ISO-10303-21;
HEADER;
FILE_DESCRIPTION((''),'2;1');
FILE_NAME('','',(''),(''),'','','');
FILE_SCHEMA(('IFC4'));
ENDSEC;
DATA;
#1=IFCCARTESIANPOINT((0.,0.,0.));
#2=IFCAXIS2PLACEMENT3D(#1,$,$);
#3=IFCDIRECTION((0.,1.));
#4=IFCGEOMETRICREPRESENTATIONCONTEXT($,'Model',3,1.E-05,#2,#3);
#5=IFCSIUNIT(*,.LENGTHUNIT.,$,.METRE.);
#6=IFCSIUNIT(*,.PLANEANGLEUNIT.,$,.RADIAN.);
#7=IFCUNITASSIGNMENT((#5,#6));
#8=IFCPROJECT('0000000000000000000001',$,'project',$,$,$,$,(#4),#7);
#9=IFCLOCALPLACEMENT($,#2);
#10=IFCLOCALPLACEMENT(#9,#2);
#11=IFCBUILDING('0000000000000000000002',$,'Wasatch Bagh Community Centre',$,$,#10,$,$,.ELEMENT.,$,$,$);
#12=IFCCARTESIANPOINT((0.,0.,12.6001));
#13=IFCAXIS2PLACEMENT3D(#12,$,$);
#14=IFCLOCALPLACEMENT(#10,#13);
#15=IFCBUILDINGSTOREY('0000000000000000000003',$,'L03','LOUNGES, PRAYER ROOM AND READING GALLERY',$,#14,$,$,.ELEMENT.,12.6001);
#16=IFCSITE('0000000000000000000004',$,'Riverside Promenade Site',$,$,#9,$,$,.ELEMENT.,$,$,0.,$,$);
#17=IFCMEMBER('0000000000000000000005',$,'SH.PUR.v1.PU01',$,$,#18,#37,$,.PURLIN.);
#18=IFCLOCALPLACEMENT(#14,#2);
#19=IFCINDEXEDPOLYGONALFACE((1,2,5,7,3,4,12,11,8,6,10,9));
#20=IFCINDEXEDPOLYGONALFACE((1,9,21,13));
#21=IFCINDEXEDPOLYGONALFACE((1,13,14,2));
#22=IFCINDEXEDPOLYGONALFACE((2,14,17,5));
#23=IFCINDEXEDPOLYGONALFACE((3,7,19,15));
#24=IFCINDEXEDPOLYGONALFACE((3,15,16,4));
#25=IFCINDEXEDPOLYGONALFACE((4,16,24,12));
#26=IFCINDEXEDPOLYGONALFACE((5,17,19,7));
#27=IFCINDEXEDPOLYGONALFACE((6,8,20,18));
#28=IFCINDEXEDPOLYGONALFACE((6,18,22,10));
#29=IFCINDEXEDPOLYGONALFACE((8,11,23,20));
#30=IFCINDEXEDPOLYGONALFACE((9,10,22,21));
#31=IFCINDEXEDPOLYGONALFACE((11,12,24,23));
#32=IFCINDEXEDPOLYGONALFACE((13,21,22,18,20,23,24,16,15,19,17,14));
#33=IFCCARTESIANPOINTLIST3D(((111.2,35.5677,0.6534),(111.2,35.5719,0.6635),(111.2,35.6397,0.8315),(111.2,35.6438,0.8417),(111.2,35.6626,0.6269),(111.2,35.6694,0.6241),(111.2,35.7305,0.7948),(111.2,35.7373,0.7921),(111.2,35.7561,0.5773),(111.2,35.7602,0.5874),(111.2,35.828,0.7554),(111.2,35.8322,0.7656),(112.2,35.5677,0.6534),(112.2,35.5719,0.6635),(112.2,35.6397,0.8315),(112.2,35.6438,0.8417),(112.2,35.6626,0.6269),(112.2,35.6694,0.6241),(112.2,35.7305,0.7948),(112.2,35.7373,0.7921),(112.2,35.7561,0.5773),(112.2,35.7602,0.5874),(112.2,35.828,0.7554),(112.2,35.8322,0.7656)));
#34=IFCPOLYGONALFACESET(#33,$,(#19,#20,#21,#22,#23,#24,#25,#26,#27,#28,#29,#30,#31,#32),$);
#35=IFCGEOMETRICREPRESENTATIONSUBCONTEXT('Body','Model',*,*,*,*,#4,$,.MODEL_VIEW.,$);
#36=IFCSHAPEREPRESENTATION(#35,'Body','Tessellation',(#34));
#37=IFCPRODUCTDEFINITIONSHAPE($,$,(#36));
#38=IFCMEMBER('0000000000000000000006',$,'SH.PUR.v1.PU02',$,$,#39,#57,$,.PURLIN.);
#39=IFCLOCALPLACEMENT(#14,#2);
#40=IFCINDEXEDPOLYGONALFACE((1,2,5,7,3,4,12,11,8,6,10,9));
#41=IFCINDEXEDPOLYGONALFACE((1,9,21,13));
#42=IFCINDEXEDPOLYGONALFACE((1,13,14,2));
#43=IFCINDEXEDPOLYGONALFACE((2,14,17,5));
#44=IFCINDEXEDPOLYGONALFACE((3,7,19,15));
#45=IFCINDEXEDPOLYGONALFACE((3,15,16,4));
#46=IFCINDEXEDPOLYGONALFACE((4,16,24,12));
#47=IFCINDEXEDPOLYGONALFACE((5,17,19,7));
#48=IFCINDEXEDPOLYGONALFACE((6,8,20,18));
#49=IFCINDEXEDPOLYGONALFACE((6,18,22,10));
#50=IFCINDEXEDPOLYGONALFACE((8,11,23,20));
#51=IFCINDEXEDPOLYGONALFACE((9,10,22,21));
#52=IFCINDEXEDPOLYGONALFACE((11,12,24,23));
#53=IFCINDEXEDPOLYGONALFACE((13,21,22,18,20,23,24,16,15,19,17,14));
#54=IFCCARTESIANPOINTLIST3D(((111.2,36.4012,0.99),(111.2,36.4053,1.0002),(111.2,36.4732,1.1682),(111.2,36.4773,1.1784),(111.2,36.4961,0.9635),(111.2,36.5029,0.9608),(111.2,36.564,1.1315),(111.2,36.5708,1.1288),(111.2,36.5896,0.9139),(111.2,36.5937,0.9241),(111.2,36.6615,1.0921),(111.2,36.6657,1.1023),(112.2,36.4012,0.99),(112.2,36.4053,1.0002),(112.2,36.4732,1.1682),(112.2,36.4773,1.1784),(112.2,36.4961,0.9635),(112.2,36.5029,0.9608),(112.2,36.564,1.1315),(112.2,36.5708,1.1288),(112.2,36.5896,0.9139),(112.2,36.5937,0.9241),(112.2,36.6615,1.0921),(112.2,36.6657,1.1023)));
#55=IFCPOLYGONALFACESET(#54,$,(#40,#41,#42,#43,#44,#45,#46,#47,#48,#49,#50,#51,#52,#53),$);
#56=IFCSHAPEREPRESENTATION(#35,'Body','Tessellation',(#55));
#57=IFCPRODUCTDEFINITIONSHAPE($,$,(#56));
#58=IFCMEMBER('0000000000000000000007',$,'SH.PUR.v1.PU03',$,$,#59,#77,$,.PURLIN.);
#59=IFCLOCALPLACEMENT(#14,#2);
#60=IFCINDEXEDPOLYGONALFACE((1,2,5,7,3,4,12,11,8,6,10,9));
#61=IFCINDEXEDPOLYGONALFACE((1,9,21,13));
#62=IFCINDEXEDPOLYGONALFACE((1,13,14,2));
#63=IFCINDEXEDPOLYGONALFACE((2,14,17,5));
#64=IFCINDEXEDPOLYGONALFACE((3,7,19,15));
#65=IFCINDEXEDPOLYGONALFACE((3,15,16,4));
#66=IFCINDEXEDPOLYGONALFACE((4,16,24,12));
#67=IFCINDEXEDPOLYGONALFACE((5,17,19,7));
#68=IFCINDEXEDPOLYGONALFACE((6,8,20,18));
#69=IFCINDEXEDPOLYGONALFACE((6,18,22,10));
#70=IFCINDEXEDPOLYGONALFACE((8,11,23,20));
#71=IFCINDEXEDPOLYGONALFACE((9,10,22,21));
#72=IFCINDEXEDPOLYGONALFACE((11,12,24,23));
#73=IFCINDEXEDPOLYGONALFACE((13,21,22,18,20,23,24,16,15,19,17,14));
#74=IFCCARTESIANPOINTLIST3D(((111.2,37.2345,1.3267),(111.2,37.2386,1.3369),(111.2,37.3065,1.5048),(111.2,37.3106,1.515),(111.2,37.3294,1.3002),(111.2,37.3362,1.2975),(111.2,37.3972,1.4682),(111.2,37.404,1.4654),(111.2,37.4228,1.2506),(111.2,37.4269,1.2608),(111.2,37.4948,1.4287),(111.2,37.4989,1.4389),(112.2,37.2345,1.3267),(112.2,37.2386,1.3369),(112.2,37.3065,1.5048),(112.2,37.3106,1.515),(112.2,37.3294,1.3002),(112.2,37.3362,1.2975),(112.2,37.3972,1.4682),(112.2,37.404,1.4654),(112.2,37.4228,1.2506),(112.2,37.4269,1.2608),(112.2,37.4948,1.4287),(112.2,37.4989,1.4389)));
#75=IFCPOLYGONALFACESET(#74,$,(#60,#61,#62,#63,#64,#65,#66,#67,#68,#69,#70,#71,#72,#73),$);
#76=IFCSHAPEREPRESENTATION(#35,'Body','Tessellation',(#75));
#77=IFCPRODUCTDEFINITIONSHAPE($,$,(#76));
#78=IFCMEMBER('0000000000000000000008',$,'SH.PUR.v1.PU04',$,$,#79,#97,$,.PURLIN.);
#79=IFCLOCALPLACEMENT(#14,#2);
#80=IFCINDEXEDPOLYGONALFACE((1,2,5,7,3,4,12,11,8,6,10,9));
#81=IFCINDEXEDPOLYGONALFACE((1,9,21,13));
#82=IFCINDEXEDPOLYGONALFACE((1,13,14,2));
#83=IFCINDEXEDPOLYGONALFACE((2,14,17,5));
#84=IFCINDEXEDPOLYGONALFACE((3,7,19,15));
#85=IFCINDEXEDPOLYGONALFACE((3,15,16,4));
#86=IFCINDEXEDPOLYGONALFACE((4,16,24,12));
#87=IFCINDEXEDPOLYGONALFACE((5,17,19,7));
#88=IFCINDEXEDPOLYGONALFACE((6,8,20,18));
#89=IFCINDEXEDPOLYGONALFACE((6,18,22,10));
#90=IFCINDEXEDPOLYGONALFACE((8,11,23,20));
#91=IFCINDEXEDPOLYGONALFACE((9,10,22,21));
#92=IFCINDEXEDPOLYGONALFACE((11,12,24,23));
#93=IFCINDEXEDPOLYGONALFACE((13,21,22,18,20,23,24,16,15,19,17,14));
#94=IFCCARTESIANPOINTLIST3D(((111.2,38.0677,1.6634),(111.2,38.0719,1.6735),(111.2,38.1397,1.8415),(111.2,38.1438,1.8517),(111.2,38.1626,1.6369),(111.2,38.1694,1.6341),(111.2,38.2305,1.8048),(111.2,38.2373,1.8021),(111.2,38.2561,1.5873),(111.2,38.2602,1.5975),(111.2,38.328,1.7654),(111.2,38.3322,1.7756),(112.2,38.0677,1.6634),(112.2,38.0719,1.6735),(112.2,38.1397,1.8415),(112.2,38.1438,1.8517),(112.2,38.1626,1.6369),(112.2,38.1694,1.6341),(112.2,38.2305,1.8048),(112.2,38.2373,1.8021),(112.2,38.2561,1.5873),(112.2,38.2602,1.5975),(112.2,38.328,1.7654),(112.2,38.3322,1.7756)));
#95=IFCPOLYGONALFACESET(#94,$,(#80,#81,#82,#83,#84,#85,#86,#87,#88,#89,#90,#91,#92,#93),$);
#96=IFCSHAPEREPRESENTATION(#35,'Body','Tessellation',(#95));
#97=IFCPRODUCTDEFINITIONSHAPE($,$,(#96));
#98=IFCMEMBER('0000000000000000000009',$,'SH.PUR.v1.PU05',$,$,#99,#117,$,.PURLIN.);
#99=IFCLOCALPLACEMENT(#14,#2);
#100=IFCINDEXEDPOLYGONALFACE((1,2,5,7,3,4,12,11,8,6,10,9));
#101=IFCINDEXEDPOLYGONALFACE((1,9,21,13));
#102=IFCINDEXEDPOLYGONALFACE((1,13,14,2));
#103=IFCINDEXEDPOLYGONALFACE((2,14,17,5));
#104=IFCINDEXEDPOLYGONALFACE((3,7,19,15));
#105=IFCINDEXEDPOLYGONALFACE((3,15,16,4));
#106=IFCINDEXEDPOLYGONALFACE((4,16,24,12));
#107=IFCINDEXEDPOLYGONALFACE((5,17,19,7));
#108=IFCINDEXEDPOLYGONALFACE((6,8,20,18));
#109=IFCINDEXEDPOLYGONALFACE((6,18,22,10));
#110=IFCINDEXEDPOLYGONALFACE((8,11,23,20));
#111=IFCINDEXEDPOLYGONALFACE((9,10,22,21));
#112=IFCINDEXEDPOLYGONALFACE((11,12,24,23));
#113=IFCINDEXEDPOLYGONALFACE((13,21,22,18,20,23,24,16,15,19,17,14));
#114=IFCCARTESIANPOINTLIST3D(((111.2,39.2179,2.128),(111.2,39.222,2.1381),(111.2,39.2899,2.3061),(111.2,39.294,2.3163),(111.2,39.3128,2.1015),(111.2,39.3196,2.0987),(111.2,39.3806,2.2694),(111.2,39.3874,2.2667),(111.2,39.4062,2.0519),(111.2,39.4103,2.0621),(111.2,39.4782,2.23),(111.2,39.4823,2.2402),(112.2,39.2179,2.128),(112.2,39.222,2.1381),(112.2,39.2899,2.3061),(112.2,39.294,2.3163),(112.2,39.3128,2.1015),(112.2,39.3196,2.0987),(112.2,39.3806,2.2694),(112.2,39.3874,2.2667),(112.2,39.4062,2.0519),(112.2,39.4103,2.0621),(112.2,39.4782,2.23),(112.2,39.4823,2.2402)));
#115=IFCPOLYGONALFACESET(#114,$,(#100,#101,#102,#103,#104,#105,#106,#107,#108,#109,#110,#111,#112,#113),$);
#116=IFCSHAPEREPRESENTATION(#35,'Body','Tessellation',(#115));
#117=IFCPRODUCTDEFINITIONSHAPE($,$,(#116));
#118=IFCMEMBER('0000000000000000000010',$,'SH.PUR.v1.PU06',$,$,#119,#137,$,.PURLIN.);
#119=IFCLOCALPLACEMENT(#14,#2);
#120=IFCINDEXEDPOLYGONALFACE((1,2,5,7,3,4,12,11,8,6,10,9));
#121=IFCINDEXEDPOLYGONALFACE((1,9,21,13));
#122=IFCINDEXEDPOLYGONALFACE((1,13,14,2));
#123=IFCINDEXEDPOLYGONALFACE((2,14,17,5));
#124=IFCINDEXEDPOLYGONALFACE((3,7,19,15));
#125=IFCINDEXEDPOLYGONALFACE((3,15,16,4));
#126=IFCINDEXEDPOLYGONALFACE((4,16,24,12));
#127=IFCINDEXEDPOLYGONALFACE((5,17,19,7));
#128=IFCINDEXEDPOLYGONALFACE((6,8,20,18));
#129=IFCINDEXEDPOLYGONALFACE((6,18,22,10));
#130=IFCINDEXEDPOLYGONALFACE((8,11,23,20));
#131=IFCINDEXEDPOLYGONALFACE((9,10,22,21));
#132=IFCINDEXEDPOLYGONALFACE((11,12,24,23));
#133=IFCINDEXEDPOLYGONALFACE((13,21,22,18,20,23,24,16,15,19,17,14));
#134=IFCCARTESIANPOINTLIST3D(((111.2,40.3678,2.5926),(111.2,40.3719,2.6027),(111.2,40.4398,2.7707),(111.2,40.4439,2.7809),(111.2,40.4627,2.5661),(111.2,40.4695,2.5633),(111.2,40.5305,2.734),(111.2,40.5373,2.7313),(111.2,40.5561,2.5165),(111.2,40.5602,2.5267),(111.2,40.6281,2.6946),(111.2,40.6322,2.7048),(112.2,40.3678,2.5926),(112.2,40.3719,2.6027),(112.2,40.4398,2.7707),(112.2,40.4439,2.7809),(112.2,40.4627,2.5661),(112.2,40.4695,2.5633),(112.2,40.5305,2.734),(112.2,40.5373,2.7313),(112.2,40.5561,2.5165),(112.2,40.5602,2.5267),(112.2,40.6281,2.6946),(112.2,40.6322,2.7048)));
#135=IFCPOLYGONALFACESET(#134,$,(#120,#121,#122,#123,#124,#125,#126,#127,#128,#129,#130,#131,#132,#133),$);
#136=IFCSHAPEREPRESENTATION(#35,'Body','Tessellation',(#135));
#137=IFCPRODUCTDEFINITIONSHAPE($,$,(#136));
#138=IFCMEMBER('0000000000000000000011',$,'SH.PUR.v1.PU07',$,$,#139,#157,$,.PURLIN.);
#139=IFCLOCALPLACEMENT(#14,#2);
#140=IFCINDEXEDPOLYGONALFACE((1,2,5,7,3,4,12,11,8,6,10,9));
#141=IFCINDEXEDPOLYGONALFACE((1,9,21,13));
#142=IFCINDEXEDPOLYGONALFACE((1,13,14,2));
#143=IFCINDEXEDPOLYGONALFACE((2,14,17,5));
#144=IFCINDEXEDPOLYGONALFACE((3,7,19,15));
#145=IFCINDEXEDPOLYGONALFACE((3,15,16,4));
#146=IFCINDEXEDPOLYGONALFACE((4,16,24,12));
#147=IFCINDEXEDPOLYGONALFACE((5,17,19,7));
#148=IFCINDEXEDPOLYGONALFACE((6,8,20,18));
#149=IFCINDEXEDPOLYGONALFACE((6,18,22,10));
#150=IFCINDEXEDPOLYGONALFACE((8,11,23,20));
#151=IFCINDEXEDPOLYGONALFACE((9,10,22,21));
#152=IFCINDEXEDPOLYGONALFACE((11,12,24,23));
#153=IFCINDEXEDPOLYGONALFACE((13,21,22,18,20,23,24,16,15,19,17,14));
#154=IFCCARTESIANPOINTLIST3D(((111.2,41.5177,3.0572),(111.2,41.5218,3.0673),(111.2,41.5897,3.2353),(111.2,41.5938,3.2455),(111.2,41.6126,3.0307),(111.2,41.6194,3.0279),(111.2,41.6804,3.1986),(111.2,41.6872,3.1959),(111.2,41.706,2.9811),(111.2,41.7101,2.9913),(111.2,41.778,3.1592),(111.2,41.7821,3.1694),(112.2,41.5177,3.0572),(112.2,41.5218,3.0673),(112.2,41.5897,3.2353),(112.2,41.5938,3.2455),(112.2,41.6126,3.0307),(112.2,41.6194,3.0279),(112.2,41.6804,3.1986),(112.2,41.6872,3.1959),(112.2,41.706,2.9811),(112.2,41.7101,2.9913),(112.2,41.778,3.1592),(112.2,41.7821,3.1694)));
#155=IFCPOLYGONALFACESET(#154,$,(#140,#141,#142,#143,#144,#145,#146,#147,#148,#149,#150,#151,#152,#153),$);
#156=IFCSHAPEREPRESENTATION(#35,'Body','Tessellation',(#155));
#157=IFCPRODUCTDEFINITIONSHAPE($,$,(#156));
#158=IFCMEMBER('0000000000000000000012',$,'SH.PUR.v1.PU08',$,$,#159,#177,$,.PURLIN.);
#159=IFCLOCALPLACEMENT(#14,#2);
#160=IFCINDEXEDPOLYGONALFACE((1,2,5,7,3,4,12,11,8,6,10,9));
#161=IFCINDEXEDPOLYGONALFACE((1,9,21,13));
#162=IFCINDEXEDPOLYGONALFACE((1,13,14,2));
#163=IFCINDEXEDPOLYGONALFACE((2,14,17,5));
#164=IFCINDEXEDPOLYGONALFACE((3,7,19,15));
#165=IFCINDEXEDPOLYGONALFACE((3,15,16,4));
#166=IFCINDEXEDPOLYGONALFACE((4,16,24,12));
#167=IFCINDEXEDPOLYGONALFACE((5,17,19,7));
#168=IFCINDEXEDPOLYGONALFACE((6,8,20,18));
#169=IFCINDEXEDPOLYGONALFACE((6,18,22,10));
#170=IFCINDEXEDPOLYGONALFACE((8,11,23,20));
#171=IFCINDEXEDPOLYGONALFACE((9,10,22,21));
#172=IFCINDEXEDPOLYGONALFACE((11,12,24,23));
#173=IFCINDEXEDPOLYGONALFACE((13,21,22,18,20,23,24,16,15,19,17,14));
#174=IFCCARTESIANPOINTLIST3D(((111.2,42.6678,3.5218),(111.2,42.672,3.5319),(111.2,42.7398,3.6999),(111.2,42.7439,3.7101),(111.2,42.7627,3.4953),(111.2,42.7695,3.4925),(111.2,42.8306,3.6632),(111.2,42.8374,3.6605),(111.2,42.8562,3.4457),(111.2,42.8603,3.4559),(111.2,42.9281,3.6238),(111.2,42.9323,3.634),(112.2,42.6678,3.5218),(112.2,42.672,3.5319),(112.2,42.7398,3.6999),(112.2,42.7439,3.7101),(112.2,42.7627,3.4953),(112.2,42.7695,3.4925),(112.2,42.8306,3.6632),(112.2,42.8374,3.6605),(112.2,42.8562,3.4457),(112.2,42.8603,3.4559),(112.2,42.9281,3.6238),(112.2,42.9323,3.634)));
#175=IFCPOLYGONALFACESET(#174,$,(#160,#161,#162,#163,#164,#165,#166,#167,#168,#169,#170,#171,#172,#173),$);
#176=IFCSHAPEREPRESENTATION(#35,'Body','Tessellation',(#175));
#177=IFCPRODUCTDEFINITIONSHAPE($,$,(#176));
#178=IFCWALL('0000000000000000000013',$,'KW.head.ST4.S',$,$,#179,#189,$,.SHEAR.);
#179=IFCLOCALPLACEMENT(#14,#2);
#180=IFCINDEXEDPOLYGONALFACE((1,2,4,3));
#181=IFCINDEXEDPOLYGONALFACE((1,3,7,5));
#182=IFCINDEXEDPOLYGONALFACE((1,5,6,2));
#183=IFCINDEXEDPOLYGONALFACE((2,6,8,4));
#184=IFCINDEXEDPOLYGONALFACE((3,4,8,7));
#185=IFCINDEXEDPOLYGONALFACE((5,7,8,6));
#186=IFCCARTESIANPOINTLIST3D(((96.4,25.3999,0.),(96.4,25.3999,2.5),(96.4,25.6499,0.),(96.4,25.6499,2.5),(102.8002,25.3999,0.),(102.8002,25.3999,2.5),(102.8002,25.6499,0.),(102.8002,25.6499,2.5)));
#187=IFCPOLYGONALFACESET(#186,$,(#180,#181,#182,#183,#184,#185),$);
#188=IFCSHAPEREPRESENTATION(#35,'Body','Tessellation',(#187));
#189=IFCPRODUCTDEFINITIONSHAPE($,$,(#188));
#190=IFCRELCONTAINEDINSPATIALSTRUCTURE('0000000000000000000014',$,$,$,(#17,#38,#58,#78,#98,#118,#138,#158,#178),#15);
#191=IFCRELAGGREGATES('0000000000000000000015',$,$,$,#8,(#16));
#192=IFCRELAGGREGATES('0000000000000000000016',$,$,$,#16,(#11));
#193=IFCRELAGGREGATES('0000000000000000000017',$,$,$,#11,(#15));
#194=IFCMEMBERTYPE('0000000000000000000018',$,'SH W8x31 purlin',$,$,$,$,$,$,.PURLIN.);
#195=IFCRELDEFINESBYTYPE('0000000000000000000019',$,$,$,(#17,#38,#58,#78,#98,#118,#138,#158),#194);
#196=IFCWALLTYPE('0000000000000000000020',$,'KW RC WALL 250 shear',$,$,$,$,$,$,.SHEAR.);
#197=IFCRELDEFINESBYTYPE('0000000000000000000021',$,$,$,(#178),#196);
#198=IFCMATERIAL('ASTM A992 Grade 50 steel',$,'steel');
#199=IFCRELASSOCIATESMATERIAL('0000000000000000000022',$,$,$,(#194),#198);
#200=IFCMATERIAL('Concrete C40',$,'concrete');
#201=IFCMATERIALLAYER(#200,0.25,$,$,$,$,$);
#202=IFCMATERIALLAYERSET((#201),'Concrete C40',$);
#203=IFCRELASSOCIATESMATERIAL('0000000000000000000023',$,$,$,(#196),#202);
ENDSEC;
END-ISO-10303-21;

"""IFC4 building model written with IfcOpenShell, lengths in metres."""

from ifc_helpers import new_model, si_unit, direction, frame, frame_2d, origin, origin_2d, place, context, subcontext, project, spatial, rectangle, i_section, extrude, material, layer, layer_set, material_profile, profile_set, type_object, element, save


model = new_model("IFC4")

# Units and contexts
model_context = context("Model", 3, precision=1e-05, world=origin(), true_north=direction((0.0, 1.0)))
body_context = subcontext(model_context, "Body", "Model", "MODEL_VIEW")
ifc_project = project(units=[si_unit("LENGTHUNIT", "METRE"), si_unit("PLANEANGLEUNIT", "RADIAN")], contexts=[model_context])

# Site, building, storey
site_placement = place(None, origin())
site = spatial("IfcSite", under=ifc_project, at=site_placement, Name="Riverside Promenade Site", CompositionType="ELEMENT", RefElevation=0.0)
building_placement = place(site_placement, origin())
building = spatial("IfcBuilding", under=site, at=building_placement, Name="Wasatch Bagh Community Centre", CompositionType="ELEMENT")
storey_placement = place(building_placement, frame((0.0, 0.0, 12.6001)))
storey = spatial("IfcBuildingStorey", under=building, at=storey_placement, Name="L03", Description="LOUNGES, PRAYER ROOM AND READING GALLERY", CompositionType="ELEMENT", Elevation=12.6001)

# Members
ifc_material_1 = material(Name="ASTM A992 Grade 50 steel", Category="steel")
ifc_material_profile_1 = material_profile(ifc_material_1, i_section(OverallWidth=0.2031, OverallDepth=0.2031, WebThickness=0.0073, FlangeThickness=0.011, at=origin_2d()), Name="W8x31")
ifc_profile_set_1 = profile_set([ifc_material_profile_1], Name="ASTM A992 Grade 50 steel")
member_type = type_object("IfcMemberType", Name="SH W8x31 purlin", PredefinedType="PURLIN", material=ifc_profile_set_1)
for number, where, z_axis, x_axis, name in (
    (1, (111.2, 35.7, 0.7095), (1.0, 0.0, 0.0), (0.0, 0.927184, -0.374607), "SH.PUR.v1.PU01"),
    (2, (111.2, 36.5334, 1.0461), (1.0, 0.0, 0.0), (0.0, 0.927184, -0.374607), "SH.PUR.v1.PU02"),
    (3, (111.2, 37.3667, 1.3828), (1.0, 0.0, 0.0), (0.0, 0.927184, -0.374607), "SH.PUR.v1.PU03"),
    (4, (111.2, 38.2, 1.7195), (1.0, 0.0, 0.0), (0.0, 0.927184, -0.374607), "SH.PUR.v1.PU04"),
    (5, (111.2, 39.3501, 2.1841), (1.0, 0.0, 0.0), (0.0, 0.927184, -0.374607), "SH.PUR.v1.PU05"),
    (6, (111.2, 40.5, 2.6487), (1.0, 0.0, 0.0), (0.0, 0.927184, -0.374607), "SH.PUR.v1.PU06"),
    (7, (111.2, 41.6499, 3.1133), (1.0, 0.0, 0.0), (0.0, 0.927184, -0.374607), "SH.PUR.v1.PU07"),
    (8, (111.2, 42.8, 3.5779), (1.0, 0.0, 0.0), (0.0, 0.927184, -0.374607), "SH.PUR.v1.PU08"),
):
    element("IfcMember", number, at=place(storey_placement, frame(where, z_axis=z_axis, x_axis=x_axis)), inside=storey, type_object=member_type, Name=name, PredefinedType="PURLIN", context=body_context, shape_type="SweptSolid", body=[
        extrude(i_section(OverallWidth=0.2031, OverallDepth=0.2031, WebThickness=0.0073, FlangeThickness=0.011, at=origin_2d()), origin(), (0.0, 0.0, 1.0), 1.0),
    ])

# Wall
ifc_material_2 = material(Name="Concrete C40", Category="concrete")
ifc_layer_1 = layer(ifc_material_2, 0.25)
ifc_layer_set_1 = layer_set([ifc_layer_1], Name="Concrete C40")
wall_type_1 = type_object("IfcWallType", Name="KW RC WALL 250 shear", PredefinedType="SHEAR", material=ifc_layer_set_1)
wall_1_placement = place(storey_placement, frame((96.3999, 25.5249, 0.0), z_axis=(0.0, 0.0, 1.0), x_axis=(1.0, 0.0, 0.0)))
element("IfcWall", 9, at=wall_1_placement, inside=storey, type_object=wall_type_1, Name="KW.head.ST4.S", PredefinedType="SHEAR", context=body_context, shape_type="SweptSolid", body=[
    extrude(rectangle(XDim=6.4001, YDim=0.25, at=frame_2d((3.2002, 0.0))), origin(), (0.0, 0.0, 1.0), 2.5),
])

save(model, "model.ifc")
